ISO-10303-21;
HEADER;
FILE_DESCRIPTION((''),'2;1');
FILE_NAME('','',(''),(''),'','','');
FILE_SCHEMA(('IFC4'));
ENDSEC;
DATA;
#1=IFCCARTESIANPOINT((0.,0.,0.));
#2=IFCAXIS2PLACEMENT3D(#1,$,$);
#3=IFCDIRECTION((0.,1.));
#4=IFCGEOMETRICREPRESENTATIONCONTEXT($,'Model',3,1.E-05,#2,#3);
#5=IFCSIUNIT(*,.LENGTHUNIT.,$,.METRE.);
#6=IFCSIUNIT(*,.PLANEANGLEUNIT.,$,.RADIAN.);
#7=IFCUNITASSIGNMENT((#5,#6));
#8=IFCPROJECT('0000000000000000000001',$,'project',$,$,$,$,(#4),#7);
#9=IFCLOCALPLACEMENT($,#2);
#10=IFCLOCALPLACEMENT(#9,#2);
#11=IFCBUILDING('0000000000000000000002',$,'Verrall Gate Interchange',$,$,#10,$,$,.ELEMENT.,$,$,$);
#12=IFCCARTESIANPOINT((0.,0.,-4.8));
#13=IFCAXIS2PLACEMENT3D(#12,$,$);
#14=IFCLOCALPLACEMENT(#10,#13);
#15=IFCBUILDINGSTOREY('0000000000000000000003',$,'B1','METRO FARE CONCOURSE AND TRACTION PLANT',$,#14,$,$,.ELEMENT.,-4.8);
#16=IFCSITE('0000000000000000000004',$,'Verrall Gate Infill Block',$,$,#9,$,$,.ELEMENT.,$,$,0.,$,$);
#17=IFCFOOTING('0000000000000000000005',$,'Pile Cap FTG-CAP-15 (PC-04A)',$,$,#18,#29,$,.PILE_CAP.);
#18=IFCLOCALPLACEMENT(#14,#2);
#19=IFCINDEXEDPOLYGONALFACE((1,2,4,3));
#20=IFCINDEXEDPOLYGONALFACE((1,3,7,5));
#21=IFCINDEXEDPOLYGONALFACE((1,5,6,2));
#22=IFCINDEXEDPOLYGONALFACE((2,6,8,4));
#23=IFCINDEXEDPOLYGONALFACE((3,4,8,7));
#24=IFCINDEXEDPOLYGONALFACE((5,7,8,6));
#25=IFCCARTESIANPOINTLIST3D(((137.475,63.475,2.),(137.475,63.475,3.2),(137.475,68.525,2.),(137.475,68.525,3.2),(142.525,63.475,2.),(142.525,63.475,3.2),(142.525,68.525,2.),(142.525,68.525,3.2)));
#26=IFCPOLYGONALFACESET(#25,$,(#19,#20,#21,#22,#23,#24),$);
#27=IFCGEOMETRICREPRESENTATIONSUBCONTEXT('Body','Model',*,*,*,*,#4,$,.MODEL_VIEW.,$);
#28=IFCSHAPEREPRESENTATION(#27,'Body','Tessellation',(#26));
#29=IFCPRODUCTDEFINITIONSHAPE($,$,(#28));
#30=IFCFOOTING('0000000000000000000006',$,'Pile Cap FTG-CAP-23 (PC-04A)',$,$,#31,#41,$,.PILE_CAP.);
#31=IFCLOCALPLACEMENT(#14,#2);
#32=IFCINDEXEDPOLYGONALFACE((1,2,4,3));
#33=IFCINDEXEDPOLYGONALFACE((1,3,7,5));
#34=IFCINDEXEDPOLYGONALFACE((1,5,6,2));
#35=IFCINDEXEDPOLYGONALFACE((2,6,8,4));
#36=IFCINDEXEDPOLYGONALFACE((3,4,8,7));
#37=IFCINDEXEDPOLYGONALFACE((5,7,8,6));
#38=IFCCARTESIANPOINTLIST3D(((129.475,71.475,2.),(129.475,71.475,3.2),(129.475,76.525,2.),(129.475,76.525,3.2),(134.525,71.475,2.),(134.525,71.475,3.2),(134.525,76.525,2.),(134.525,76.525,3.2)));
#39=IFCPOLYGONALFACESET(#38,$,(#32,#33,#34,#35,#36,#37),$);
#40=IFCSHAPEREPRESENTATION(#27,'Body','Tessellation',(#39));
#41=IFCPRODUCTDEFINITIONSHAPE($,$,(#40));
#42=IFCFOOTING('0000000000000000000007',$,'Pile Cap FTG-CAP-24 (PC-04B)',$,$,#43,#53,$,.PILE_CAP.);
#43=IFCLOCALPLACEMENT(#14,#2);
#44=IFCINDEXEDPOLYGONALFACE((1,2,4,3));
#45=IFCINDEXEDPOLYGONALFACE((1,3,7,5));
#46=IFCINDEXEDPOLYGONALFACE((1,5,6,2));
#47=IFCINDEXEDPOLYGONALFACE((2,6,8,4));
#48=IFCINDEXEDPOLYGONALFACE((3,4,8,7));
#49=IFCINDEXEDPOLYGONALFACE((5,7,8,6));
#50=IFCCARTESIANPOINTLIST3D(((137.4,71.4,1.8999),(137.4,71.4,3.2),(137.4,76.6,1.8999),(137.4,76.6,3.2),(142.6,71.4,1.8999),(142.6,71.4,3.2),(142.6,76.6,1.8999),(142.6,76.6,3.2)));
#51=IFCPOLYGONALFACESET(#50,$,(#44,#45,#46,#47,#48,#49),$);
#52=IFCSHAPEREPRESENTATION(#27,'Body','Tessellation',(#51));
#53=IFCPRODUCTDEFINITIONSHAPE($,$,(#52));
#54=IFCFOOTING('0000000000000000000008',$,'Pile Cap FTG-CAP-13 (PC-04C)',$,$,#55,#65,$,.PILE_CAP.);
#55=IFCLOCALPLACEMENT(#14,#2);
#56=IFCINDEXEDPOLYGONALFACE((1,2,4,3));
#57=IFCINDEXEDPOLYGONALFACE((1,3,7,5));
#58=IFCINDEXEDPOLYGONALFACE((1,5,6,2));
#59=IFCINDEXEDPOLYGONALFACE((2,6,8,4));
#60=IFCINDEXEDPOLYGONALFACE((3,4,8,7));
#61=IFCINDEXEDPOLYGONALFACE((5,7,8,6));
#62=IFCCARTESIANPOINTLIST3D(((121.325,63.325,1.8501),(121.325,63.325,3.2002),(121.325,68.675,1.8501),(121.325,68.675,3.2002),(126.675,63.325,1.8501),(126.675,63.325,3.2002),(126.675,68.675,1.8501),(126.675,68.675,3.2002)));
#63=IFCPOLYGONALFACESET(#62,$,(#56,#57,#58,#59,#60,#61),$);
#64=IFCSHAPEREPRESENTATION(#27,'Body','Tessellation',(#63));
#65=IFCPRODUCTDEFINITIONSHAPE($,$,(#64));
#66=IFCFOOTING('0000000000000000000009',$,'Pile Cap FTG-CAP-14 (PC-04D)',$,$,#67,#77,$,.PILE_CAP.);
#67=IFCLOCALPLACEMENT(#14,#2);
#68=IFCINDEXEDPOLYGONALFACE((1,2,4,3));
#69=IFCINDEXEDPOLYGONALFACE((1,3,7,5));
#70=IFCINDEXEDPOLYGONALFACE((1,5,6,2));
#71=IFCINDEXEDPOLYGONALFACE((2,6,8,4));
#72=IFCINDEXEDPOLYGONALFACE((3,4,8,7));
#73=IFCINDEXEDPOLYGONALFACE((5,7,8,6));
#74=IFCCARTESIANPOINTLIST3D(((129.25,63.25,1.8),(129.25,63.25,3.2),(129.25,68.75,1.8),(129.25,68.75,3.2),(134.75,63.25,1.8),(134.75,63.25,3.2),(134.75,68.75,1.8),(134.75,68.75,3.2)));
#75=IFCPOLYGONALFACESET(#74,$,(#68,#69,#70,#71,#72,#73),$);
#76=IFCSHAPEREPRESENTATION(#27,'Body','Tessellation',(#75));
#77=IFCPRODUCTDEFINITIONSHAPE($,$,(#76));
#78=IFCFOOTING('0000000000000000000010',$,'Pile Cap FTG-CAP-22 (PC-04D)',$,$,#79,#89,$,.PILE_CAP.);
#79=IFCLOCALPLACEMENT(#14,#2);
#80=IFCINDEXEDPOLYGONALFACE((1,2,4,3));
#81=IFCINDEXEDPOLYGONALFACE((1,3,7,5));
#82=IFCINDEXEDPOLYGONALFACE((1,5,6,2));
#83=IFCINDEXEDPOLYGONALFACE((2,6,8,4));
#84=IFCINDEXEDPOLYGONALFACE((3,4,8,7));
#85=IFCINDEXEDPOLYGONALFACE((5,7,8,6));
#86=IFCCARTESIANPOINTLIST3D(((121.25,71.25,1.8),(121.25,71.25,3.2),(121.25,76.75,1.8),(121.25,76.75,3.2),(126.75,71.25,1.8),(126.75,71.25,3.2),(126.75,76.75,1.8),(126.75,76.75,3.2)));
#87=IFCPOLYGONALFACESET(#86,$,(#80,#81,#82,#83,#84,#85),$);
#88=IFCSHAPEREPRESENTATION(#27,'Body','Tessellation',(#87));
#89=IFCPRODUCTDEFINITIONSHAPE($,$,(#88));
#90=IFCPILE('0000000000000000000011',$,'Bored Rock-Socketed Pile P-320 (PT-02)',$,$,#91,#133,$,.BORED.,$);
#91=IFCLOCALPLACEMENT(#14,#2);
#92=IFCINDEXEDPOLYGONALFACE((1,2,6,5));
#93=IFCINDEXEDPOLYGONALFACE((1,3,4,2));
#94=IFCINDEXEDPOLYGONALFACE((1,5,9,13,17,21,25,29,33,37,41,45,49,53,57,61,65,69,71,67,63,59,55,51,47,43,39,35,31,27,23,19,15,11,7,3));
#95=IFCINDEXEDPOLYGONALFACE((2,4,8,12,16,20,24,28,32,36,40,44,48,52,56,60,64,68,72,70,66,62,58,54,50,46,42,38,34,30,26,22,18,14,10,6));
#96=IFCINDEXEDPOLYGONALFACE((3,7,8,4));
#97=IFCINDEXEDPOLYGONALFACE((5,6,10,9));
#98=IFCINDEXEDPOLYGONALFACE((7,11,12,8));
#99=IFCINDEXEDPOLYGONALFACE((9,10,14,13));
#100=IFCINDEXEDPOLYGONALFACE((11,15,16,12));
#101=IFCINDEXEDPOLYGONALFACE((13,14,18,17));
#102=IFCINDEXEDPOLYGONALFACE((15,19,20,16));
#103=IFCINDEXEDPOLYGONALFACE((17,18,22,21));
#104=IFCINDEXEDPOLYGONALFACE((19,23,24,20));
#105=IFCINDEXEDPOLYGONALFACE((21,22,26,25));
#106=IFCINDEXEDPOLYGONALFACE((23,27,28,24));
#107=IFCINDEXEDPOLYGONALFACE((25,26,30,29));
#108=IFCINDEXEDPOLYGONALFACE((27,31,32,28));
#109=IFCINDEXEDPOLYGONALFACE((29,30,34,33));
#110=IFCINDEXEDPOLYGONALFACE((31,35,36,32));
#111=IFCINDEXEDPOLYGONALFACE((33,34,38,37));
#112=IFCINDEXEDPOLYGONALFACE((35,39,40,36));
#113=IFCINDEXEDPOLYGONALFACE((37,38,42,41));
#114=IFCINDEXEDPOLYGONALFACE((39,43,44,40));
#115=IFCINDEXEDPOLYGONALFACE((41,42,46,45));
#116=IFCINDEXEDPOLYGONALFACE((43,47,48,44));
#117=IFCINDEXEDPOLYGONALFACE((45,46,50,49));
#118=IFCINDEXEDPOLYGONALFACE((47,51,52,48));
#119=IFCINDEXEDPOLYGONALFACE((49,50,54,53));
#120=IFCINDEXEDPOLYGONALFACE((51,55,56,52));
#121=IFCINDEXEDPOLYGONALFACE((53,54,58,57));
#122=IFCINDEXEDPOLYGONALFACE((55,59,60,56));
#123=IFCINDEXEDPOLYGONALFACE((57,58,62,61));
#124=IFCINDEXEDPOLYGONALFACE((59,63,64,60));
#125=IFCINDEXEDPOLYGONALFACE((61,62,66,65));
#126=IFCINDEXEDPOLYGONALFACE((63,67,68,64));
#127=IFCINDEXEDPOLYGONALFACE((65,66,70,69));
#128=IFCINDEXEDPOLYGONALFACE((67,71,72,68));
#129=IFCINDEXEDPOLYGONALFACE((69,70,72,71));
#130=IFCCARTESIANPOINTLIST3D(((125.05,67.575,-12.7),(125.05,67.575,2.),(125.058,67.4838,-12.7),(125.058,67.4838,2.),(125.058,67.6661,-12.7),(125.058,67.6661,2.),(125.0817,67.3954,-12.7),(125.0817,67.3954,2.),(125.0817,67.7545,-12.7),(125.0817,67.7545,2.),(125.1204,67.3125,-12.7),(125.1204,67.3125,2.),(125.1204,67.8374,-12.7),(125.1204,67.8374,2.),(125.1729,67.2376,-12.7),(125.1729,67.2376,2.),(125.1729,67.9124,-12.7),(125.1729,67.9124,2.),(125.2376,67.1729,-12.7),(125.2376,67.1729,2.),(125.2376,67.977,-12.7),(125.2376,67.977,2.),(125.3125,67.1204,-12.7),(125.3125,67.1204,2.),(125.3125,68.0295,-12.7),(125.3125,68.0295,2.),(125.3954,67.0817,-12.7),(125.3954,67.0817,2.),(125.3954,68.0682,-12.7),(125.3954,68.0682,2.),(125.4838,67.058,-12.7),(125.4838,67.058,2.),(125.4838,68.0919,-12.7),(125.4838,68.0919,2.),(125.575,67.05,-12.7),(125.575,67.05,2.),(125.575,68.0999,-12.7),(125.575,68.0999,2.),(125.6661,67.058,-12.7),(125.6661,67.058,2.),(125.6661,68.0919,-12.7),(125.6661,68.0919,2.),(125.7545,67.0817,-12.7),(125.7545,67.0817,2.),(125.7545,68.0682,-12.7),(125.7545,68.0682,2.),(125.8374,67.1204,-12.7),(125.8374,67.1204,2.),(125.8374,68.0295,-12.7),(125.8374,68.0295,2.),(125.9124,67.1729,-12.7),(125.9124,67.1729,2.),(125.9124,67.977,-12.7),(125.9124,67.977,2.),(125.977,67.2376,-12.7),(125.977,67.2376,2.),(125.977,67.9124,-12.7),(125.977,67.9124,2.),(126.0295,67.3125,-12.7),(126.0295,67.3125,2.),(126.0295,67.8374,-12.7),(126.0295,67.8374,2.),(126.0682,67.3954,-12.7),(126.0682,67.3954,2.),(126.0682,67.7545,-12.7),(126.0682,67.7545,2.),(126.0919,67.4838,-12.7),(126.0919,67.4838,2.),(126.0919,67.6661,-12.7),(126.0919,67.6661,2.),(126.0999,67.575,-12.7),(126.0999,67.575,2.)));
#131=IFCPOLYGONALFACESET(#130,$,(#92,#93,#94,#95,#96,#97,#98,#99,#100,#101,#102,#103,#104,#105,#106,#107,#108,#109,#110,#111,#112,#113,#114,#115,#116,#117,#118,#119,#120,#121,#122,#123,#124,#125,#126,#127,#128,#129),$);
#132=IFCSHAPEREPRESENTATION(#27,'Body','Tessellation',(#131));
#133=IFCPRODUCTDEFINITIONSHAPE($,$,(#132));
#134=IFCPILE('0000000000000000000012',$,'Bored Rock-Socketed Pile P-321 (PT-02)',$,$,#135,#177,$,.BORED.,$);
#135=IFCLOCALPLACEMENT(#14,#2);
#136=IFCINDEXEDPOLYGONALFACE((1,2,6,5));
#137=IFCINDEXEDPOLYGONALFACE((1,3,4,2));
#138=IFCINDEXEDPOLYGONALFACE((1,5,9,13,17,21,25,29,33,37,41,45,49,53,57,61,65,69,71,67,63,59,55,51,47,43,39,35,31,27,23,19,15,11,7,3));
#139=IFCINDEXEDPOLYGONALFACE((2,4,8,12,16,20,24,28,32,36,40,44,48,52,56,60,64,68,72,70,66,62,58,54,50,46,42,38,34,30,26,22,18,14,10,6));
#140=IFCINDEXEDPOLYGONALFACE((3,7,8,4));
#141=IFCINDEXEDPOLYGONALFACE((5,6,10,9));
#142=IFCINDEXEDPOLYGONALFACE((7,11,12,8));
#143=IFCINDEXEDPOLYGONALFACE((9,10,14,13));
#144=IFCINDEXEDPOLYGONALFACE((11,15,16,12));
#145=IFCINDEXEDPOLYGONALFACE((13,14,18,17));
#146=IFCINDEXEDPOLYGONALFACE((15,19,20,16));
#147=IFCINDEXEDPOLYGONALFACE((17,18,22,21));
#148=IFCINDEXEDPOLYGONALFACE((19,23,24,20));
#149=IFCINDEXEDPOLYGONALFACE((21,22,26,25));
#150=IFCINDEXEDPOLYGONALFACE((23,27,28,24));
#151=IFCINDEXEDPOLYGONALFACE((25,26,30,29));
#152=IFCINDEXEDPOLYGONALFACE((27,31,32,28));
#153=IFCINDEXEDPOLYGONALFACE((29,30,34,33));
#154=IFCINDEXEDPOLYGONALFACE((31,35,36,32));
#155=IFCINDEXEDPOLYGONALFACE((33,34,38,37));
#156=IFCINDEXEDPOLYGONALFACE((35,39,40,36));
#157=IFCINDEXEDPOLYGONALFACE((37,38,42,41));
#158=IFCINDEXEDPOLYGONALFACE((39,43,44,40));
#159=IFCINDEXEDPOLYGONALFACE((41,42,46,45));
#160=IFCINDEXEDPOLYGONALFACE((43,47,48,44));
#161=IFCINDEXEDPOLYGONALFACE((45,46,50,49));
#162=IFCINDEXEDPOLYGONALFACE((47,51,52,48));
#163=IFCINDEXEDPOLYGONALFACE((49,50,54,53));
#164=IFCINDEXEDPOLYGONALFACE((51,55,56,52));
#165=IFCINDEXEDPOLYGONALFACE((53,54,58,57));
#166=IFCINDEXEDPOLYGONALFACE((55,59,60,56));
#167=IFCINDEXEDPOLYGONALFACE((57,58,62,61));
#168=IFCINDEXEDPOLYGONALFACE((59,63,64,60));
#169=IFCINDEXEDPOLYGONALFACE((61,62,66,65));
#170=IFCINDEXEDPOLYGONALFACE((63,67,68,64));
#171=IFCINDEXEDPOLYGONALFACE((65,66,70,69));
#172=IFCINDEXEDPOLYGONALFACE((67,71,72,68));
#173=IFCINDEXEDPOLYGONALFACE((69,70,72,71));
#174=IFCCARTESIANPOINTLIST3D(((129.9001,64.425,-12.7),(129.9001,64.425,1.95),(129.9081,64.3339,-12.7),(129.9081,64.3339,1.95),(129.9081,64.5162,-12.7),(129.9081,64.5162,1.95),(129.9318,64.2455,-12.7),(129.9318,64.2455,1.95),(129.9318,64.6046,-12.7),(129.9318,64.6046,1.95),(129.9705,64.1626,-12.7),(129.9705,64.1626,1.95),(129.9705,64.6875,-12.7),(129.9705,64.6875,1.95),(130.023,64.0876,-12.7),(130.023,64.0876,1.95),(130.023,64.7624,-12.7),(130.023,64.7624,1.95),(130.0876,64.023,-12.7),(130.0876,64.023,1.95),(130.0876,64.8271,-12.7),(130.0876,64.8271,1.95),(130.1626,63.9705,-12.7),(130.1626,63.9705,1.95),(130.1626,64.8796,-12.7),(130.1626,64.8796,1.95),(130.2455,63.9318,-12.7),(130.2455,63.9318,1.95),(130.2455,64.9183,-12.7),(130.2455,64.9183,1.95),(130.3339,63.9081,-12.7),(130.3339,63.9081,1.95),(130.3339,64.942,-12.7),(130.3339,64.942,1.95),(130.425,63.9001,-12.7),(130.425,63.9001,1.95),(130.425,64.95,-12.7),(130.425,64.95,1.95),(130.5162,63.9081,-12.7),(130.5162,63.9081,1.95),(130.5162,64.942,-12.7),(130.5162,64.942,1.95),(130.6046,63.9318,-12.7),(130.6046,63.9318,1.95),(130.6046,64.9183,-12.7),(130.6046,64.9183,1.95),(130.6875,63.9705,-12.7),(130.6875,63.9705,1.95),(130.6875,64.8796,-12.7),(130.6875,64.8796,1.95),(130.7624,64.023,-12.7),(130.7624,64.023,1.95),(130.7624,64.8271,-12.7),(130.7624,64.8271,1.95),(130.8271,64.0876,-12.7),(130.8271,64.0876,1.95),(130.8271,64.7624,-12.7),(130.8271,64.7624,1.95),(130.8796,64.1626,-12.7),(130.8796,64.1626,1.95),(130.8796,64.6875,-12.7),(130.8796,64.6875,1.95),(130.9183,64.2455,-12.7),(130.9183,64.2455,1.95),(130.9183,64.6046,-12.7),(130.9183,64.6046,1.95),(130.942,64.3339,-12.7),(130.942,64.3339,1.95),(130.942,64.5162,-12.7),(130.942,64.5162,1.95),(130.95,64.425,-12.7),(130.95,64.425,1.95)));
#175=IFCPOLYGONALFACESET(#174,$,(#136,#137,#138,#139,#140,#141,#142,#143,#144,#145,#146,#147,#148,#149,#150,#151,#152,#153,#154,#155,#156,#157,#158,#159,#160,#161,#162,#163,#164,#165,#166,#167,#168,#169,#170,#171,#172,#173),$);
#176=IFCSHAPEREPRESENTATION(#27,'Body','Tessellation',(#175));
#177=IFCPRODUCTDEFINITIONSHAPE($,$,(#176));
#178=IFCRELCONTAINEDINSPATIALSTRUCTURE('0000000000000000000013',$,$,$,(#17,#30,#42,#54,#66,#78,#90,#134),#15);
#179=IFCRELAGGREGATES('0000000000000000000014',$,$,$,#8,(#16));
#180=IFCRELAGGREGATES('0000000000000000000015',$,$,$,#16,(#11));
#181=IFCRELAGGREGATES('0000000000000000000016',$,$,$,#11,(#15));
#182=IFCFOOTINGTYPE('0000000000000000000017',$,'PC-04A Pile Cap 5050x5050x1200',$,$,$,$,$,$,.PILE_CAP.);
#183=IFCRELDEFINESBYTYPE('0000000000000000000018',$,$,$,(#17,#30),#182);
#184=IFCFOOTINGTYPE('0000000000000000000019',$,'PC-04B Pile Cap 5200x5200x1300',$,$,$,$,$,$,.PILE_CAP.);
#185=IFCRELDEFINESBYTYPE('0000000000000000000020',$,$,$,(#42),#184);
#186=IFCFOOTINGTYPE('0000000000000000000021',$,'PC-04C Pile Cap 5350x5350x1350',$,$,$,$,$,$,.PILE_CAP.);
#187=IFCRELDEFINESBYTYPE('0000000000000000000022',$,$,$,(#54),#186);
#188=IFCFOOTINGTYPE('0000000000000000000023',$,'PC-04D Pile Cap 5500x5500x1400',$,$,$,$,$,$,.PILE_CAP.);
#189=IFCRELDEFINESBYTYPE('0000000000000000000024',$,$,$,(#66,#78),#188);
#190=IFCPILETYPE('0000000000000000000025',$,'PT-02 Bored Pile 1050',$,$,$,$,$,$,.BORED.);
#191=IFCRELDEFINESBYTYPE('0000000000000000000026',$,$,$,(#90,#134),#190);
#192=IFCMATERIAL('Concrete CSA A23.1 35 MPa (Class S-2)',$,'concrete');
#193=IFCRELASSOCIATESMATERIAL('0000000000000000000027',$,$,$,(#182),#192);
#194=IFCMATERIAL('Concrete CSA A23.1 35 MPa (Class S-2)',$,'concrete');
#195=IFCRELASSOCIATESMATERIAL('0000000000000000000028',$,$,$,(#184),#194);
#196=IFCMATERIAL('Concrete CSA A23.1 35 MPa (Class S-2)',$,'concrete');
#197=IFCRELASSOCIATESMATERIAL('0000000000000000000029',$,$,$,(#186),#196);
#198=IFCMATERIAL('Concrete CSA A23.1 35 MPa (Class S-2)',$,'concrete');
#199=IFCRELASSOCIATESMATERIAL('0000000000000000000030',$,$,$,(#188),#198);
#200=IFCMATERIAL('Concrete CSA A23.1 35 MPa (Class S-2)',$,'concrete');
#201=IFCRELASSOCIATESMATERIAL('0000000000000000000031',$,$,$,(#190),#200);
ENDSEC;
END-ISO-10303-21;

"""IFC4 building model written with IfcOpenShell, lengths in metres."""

from ifc_helpers import new_model, si_unit, direction, frame, origin, origin_2d, place, context, subcontext, project, spatial, rectangle, circle, extrude, material, material_profile, profile_set, type_object, element, save


model = new_model("IFC4")

# Units and contexts
model_context = context("Model", 3, precision=1e-05, world=origin(), true_north=direction((0.0, 1.0)))
body_context = subcontext(model_context, "Body", "Model", "MODEL_VIEW")
ifc_project = project(units=[si_unit("LENGTHUNIT", "METRE"), si_unit("PLANEANGLEUNIT", "RADIAN")], contexts=[model_context])

# Site, building, storey
site_placement = place(None, origin())
site = spatial("IfcSite", under=ifc_project, at=site_placement, Name="Verrall Gate Infill Block", CompositionType="ELEMENT", RefElevation=0.0)
building_placement = place(site_placement, origin())
building = spatial("IfcBuilding", under=site, at=building_placement, Name="Verrall Gate Interchange", CompositionType="ELEMENT")
storey_placement = place(building_placement, frame((0.0, 0.0, -4.8)))
storey = spatial("IfcBuildingStorey", under=building, at=storey_placement, Name="B1", Description="METRO FARE CONCOURSE AND TRACTION PLANT", CompositionType="ELEMENT", Elevation=-4.8)

# Footings
ifc_material_1 = material(Name="Concrete CSA A23.1 35 MPa (Class S-2)", Category="concrete")
footing_type_1 = type_object("IfcFootingType", Name="PC-04A Pile Cap 5050x5050x1200", PredefinedType="PILE_CAP", material=ifc_material_1)
for number, where, z_axis, x_axis, name in (
    (1, (140.0, 66.0, 2.0), (0.0, 0.0, 1.0), (1.0, 0.0, 0.0), "Pile Cap FTG-CAP-15 (PC-04A)"),
    (2, (132.0, 74.0, 2.0), (0.0, 0.0, 1.0), (1.0, 0.0, 0.0), "Pile Cap FTG-CAP-23 (PC-04A)"),
):
    element("IfcFooting", number, at=place(storey_placement, frame(where, z_axis=z_axis, x_axis=x_axis)), inside=storey, type_object=footing_type_1, Name=name, PredefinedType="PILE_CAP", context=body_context, shape_type="SweptSolid", body=[
        extrude(rectangle(XDim=5.05, YDim=5.05, at=origin_2d()), origin(), (0.0, 0.0, 1.0), 1.2),
    ])
ifc_material_2 = material(Name="Concrete CSA A23.1 35 MPa (Class S-2)", Category="concrete")
footing_type_2 = type_object("IfcFootingType", Name="PC-04B Pile Cap 5200x5200x1300", PredefinedType="PILE_CAP", material=ifc_material_2)
footing_1_placement = place(storey_placement, frame((140.0, 74.0, 1.8999), z_axis=(0.0, 0.0, 1.0), x_axis=(1.0, 0.0, 0.0)))
element("IfcFooting", 3, at=footing_1_placement, inside=storey, type_object=footing_type_2, Name="Pile Cap FTG-CAP-24 (PC-04B)", PredefinedType="PILE_CAP", context=body_context, shape_type="SweptSolid", body=[
    extrude(rectangle(XDim=5.2, YDim=5.2, at=origin_2d()), origin(), (0.0, 0.0, 1.0), 1.3),
])
ifc_material_3 = material(Name="Concrete CSA A23.1 35 MPa (Class S-2)", Category="concrete")
footing_type_3 = type_object("IfcFootingType", Name="PC-04C Pile Cap 5350x5350x1350", PredefinedType="PILE_CAP", material=ifc_material_3)
footing_2_placement = place(storey_placement, frame((124.0, 66.0, 1.8501), z_axis=(0.0, 0.0, 1.0), x_axis=(1.0, 0.0, 0.0)))
element("IfcFooting", 4, at=footing_2_placement, inside=storey, type_object=footing_type_3, Name="Pile Cap FTG-CAP-13 (PC-04C)", PredefinedType="PILE_CAP", context=body_context, shape_type="SweptSolid", body=[
    extrude(rectangle(XDim=5.3501, YDim=5.3501, at=origin_2d()), origin(), (0.0, 0.0, 1.0), 1.3501),
])
ifc_material_4 = material(Name="Concrete CSA A23.1 35 MPa (Class S-2)", Category="concrete")
footing_type_4 = type_object("IfcFootingType", Name="PC-04D Pile Cap 5500x5500x1400", PredefinedType="PILE_CAP", material=ifc_material_4)
for number, where, z_axis, x_axis, name in (
    (5, (132.0, 66.0, 1.8), (0.0, 0.0, 1.0), (1.0, 0.0, 0.0), "Pile Cap FTG-CAP-14 (PC-04D)"),
    (6, (124.0, 74.0, 1.8), (0.0, 0.0, 1.0), (1.0, 0.0, 0.0), "Pile Cap FTG-CAP-22 (PC-04D)"),
):
    element("IfcFooting", number, at=place(storey_placement, frame(where, z_axis=z_axis, x_axis=x_axis)), inside=storey, type_object=footing_type_4, Name=name, PredefinedType="PILE_CAP", context=body_context, shape_type="SweptSolid", body=[
        extrude(rectangle(XDim=5.5, YDim=5.5, at=origin_2d()), origin(), (0.0, 0.0, 1.0), 1.3999),
    ])

# Piles
ifc_material_5 = material(Name="Concrete CSA A23.1 35 MPa (Class S-2)", Category="concrete")
ifc_material_profile_1 = material_profile(ifc_material_5, circle(Radius=0.5249, at=origin_2d()), Name="PILE1050D")
ifc_profile_set_1 = profile_set([ifc_material_profile_1], Name="Concrete CSA A23.1 35 MPa (Class S-2)")
pile_type = type_object("IfcPileType", Name="PT-02 Bored Pile 1050", PredefinedType="BORED", material=ifc_profile_set_1)
pile_1_placement = place(storey_placement, frame((125.575, 67.575, 2.0), z_axis=(0.0, 0.0, -1.0), x_axis=(1.0, 0.0, 0.0)))
element("IfcPile", 7, at=pile_1_placement, inside=storey, type_object=pile_type, Name="Bored Rock-Socketed Pile P-320 (PT-02)", PredefinedType="BORED", context=body_context, shape_type="SweptSolid", body=[
    extrude(circle(Radius=0.5249, at=origin_2d()), origin(), (0.0, 0.0, 1.0), 14.7),
])
for number, where, z_axis, x_axis, name in (
    (8, (130.425, 64.425, 1.95), (0.0, 0.0, -1.0), (1.0, 0.0, 0.0), "Bored Rock-Socketed Pile P-321 (PT-02)"),
):
    element("IfcPile", number, at=place(storey_placement, frame(where, z_axis=z_axis, x_axis=x_axis)), inside=storey, type_object=pile_type, Name=name, PredefinedType="BORED", context=body_context, shape_type="SweptSolid", body=[
        extrude(circle(Radius=0.5249, at=origin_2d()), origin(), (0.0, 0.0, 1.0), 14.6499),
    ])

save(model, "model.ifc")
